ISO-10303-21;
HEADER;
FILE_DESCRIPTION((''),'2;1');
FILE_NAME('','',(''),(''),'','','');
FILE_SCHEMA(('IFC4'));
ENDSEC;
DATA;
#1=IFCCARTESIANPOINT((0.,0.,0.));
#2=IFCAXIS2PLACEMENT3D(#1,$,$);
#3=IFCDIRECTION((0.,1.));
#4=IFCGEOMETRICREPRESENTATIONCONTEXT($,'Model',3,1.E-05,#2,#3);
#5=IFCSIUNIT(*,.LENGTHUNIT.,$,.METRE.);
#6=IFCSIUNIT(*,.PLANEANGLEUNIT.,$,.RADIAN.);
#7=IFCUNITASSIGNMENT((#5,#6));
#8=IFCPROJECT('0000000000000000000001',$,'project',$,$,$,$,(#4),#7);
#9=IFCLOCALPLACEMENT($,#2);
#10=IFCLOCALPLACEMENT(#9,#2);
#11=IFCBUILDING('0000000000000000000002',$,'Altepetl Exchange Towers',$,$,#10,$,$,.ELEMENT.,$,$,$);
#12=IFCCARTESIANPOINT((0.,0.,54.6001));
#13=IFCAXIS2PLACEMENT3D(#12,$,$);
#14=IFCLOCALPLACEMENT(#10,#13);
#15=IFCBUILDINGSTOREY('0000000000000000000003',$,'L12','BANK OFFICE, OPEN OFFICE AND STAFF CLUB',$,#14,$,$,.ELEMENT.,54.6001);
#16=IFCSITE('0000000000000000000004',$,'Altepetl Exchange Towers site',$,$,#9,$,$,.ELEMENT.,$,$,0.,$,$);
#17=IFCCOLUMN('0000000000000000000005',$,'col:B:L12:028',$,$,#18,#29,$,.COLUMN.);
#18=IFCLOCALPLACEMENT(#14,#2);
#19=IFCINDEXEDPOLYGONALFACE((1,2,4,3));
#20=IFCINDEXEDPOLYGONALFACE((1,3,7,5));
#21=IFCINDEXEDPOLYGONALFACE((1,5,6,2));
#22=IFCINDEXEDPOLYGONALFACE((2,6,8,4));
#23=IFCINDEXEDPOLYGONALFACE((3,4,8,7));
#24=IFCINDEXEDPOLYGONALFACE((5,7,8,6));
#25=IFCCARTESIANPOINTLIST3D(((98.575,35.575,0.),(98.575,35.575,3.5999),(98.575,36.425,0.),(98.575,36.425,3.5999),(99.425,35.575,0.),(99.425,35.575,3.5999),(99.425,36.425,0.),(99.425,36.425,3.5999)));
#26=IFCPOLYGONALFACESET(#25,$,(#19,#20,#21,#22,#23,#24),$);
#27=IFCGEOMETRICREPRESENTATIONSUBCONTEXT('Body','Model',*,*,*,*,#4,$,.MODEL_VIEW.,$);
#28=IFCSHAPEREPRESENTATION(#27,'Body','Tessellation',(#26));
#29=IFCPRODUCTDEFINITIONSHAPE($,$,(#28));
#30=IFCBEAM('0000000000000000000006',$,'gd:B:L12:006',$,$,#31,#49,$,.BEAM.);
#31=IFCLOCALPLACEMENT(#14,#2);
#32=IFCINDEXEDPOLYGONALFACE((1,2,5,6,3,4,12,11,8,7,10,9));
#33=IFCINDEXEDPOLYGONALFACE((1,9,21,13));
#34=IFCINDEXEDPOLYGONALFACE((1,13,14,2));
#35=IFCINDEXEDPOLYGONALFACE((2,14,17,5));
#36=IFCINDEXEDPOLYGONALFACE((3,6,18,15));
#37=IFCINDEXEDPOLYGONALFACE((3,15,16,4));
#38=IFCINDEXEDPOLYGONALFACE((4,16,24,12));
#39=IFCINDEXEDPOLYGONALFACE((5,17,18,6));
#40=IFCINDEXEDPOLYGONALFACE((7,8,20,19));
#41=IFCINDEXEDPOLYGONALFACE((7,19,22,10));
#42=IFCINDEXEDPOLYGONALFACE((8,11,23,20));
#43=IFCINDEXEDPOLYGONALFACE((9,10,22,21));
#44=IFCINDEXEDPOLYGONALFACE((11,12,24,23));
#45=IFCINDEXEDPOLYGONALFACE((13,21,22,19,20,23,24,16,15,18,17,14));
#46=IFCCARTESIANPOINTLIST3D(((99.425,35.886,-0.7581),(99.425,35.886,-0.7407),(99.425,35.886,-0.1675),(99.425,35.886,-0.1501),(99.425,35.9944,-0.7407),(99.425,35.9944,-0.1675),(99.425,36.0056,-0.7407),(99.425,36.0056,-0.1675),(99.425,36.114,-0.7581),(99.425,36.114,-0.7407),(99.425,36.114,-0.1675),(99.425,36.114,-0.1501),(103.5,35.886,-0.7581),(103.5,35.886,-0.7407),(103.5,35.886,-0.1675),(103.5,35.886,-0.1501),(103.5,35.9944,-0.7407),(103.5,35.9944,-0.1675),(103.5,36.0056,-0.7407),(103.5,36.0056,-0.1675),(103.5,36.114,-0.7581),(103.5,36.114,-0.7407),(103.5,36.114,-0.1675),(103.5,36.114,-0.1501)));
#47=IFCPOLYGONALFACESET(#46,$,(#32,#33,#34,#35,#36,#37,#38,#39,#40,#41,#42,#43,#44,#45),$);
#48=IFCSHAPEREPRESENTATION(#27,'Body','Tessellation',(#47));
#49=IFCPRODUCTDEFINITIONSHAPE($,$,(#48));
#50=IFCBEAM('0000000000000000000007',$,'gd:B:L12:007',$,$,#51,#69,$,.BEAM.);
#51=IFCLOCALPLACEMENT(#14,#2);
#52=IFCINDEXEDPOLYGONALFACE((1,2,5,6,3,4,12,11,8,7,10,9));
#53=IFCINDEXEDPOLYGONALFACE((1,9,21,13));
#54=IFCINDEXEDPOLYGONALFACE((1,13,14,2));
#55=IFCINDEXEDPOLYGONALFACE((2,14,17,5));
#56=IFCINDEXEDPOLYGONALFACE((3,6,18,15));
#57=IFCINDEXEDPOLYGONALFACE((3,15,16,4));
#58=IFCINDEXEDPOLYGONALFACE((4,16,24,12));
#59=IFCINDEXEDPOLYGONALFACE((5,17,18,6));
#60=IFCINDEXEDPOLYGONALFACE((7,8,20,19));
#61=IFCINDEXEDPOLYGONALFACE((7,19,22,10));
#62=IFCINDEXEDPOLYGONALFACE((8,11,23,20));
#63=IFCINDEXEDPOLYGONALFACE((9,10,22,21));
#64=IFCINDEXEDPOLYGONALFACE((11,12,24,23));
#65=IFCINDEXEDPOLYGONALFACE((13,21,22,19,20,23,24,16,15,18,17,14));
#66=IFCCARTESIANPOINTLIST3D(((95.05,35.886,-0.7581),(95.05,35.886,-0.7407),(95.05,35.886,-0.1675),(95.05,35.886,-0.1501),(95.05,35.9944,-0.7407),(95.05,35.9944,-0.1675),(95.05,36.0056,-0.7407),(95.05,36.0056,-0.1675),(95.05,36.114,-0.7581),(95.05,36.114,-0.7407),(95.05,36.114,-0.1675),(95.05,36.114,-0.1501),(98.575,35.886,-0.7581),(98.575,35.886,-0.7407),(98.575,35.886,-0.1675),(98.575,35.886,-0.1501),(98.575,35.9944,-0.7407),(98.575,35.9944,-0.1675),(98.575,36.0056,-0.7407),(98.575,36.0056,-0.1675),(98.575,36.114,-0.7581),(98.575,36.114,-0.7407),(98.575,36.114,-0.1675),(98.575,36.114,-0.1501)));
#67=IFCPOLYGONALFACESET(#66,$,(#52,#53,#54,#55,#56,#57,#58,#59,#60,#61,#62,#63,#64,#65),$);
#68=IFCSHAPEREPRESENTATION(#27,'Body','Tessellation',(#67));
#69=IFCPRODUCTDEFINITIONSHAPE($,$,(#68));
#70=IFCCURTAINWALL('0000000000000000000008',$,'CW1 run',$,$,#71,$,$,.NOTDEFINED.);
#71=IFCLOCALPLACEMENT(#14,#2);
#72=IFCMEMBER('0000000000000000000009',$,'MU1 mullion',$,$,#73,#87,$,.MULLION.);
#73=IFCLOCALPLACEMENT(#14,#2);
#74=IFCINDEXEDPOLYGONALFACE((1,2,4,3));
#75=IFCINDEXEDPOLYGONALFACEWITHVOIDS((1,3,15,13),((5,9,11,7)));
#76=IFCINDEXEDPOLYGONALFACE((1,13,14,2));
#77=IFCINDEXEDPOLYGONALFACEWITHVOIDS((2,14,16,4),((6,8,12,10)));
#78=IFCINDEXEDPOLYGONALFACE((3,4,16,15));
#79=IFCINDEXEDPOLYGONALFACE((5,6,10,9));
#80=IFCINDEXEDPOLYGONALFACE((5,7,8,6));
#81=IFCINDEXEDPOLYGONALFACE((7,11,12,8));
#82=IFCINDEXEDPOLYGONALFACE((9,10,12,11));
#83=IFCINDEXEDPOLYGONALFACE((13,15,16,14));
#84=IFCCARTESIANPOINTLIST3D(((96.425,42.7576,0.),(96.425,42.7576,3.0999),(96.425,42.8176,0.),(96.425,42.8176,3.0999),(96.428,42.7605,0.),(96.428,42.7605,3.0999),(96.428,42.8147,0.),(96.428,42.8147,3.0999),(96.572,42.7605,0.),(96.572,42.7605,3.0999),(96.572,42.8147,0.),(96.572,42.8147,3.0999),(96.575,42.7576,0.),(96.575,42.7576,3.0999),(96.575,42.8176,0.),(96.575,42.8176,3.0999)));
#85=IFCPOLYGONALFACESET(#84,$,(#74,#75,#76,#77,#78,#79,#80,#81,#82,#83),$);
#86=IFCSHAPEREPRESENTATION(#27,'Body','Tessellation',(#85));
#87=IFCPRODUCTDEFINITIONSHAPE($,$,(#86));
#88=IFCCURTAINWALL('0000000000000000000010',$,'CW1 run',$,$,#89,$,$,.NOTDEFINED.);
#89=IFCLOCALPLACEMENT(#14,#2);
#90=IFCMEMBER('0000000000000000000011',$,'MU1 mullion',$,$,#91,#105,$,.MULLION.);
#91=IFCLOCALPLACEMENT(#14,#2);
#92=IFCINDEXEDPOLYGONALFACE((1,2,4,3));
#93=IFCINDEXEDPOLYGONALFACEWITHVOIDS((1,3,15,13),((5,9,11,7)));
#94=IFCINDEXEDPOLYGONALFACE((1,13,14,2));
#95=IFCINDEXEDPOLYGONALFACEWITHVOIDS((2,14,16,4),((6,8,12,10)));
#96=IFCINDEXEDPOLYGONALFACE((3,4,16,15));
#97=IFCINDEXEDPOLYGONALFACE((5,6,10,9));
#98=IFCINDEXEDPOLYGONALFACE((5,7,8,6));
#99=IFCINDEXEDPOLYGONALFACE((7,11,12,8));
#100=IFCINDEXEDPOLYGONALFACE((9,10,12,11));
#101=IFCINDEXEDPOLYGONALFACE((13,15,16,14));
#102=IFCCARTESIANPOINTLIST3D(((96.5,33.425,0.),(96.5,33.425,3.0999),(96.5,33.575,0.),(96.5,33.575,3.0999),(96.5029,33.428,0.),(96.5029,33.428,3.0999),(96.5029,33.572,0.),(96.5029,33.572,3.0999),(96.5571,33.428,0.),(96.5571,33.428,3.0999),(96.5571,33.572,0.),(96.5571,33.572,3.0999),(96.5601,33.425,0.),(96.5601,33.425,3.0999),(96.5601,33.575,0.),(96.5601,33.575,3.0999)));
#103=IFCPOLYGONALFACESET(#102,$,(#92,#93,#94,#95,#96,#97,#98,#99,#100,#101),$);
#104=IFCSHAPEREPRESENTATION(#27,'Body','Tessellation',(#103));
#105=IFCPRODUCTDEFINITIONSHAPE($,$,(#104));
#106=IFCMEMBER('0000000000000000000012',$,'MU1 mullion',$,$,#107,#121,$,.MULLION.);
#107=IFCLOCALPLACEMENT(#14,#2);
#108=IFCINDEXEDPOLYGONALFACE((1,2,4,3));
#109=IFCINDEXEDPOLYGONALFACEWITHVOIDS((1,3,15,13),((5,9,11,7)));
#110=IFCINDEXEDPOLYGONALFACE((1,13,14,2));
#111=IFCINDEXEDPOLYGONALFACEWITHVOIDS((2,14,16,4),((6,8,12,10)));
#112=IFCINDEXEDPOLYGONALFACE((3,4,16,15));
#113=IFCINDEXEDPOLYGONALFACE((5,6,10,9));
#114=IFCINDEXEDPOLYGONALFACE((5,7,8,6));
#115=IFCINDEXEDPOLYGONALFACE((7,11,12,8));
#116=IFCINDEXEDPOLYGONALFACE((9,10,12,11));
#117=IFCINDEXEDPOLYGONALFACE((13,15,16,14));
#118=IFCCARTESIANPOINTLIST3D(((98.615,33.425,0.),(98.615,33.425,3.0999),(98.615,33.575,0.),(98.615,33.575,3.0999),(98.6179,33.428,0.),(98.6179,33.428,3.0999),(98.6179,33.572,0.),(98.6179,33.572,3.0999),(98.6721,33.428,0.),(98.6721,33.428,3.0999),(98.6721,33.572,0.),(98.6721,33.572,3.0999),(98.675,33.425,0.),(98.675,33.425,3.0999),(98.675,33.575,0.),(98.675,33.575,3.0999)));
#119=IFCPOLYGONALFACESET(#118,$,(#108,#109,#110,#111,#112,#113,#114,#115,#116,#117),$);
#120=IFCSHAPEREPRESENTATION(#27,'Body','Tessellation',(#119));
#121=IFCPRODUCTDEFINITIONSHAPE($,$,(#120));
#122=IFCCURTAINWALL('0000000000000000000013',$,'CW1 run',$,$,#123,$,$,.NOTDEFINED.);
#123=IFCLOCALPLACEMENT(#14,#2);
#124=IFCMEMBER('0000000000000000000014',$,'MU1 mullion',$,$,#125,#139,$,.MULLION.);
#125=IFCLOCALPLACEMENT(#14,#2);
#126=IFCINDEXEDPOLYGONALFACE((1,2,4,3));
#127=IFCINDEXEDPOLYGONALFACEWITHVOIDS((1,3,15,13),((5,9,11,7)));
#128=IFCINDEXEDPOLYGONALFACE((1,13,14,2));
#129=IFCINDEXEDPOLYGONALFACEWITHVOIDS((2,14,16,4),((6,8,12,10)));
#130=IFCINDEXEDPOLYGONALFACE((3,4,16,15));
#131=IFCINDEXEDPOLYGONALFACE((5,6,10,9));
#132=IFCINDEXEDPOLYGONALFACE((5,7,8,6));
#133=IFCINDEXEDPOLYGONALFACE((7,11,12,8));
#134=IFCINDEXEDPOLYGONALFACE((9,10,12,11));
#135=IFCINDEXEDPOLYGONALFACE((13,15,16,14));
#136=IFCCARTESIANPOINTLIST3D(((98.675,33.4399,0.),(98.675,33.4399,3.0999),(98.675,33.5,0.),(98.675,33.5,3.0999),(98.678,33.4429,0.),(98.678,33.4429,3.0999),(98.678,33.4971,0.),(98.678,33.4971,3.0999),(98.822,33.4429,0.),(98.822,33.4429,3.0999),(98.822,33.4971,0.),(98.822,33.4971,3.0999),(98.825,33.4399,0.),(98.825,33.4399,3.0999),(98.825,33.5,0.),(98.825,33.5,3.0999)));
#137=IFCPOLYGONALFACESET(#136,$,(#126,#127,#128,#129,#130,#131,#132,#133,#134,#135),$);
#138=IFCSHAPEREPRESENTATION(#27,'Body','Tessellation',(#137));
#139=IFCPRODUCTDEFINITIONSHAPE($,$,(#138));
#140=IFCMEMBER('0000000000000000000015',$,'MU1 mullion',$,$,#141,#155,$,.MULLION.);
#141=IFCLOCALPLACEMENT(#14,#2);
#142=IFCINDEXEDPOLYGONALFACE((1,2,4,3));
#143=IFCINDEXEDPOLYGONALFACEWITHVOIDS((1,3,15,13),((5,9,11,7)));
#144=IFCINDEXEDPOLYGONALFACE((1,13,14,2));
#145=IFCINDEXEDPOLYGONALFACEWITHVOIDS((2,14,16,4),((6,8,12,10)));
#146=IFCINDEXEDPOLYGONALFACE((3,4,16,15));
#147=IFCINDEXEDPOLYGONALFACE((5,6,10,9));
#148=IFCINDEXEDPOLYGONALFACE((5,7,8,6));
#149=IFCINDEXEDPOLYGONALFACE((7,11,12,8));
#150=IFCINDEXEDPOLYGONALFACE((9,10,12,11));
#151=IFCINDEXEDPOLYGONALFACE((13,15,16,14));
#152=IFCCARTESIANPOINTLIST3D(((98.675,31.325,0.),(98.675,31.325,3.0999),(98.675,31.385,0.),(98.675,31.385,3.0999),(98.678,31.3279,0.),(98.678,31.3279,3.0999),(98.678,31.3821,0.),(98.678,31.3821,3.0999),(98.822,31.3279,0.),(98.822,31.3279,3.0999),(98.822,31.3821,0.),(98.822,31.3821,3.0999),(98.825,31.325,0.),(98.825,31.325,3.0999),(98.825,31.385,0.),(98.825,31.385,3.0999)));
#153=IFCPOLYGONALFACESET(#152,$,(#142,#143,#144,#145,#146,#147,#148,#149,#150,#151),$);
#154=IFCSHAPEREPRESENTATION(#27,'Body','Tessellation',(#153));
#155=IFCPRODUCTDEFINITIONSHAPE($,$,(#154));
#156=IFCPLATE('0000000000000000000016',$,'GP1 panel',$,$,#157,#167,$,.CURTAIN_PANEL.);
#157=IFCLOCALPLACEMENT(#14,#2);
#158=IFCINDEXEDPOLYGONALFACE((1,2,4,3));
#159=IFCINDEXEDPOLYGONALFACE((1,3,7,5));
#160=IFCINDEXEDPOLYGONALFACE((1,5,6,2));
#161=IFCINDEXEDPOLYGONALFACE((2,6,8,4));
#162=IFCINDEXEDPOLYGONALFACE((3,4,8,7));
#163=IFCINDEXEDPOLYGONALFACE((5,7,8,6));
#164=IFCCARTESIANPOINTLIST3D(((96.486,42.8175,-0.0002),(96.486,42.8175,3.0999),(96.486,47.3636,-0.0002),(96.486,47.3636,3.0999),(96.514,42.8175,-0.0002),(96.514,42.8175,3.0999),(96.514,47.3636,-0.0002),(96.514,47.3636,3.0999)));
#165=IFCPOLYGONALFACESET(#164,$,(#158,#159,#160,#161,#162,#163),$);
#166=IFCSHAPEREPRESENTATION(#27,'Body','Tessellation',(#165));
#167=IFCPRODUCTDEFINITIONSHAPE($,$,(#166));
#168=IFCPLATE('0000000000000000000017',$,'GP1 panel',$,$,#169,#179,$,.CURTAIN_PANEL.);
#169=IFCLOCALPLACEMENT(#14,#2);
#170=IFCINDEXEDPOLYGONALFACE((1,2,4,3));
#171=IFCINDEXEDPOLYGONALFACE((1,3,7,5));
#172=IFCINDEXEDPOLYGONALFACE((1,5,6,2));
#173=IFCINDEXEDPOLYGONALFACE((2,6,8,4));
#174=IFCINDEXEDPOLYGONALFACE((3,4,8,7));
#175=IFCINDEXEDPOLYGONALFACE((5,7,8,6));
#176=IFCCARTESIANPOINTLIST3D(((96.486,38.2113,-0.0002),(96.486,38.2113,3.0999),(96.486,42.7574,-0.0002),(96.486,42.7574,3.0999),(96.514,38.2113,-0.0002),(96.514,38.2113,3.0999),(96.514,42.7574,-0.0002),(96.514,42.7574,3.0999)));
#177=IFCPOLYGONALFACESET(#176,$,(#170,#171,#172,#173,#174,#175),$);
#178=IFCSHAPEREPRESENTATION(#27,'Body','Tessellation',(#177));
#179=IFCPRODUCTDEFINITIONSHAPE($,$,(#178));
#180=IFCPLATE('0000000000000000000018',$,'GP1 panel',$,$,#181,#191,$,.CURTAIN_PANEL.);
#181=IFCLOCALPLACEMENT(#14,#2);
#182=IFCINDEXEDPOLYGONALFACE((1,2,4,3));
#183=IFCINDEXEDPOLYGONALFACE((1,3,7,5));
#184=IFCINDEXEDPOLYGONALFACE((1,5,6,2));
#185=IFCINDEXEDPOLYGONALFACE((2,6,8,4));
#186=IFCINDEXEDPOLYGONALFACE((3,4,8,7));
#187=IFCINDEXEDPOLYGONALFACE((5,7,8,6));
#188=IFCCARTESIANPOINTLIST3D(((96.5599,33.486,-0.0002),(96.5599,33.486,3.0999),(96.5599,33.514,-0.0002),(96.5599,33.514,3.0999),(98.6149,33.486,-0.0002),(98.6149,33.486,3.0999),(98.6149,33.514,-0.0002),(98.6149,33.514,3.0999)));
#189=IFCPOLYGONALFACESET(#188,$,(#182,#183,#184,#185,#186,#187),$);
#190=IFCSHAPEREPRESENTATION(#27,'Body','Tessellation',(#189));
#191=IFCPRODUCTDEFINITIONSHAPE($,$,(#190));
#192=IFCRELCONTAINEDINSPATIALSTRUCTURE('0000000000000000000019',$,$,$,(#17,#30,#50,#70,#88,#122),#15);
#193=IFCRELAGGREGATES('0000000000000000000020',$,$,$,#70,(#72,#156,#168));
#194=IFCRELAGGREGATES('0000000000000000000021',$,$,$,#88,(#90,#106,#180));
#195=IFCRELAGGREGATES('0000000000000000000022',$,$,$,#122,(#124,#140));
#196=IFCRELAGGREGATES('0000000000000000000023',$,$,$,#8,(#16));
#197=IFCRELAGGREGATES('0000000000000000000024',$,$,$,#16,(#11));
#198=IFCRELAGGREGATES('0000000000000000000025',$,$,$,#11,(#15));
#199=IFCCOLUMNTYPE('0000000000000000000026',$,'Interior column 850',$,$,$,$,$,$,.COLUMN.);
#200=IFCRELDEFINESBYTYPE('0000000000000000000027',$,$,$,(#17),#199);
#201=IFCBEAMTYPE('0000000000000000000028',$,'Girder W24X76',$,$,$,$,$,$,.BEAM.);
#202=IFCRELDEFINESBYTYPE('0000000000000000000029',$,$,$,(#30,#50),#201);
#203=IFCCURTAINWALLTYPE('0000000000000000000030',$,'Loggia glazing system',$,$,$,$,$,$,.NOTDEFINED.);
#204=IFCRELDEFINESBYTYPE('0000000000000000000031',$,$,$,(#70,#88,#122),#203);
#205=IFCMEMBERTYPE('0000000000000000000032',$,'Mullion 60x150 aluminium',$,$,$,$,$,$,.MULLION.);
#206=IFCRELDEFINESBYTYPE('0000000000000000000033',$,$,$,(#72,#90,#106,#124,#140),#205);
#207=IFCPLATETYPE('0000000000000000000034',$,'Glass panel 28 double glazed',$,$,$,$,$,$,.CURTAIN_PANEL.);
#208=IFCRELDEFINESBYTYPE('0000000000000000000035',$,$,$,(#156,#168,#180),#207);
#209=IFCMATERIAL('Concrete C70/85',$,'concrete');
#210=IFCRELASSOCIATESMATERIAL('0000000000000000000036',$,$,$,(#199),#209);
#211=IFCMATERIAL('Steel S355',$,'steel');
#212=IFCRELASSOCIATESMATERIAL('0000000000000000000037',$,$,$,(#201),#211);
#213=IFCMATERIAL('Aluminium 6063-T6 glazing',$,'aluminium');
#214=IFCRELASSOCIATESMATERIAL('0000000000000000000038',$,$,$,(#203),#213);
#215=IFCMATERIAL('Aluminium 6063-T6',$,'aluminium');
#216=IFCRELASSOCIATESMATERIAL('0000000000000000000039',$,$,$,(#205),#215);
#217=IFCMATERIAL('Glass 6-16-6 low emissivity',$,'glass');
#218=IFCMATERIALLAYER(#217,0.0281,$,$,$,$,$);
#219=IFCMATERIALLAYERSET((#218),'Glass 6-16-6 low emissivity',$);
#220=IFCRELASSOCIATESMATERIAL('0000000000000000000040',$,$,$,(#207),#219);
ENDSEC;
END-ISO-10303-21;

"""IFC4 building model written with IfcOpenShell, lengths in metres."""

from ifc_helpers import new_model, si_unit, direction, frame, origin, origin_2d, place, context, subcontext, project, spatial, rectangle, hollow_rectangle, i_section, extrude, material, layer, layer_set, material_profile, profile_set, type_object, element, aggregate, save


model = new_model("IFC4")

# Units and contexts
model_context = context("Model", 3, precision=1e-05, world=origin(), true_north=direction((0.0, 1.0)))
body_context = subcontext(model_context, "Body", "Model", "MODEL_VIEW")
ifc_project = project(units=[si_unit("LENGTHUNIT", "METRE"), si_unit("PLANEANGLEUNIT", "RADIAN")], contexts=[model_context])

# Site, building, storey
site_placement = place(None, origin())
site = spatial("IfcSite", under=ifc_project, at=site_placement, Name="Altepetl Exchange Towers site", CompositionType="ELEMENT", RefElevation=0.0)
building_placement = place(site_placement, origin())
building = spatial("IfcBuilding", under=site, at=building_placement, Name="Altepetl Exchange Towers", CompositionType="ELEMENT")
storey_placement = place(building_placement, frame((0.0, 0.0, 54.6001)))
storey = spatial("IfcBuildingStorey", under=building, at=storey_placement, Name="L12", Description="BANK OFFICE, OPEN OFFICE AND STAFF CLUB", CompositionType="ELEMENT", Elevation=54.6001)

# Column
ifc_material_1 = material(Name="Concrete C70/85", Category="concrete")
ifc_material_profile_1 = material_profile(ifc_material_1, rectangle(XDim=0.8501, YDim=0.8501, at=origin_2d()), Name="850 x 850")
ifc_profile_set_1 = profile_set([ifc_material_profile_1], Name="Concrete C70/85")
column_type = type_object("IfcColumnType", Name="Interior column 850", PredefinedType="COLUMN", material=ifc_profile_set_1)
column_placement = place(storey_placement, frame((99.0, 36.0, 0.0)))
element("IfcColumn", 1, at=column_placement, inside=storey, type_object=column_type, Name="col:B:L12:028", PredefinedType="COLUMN", context=body_context, shape_type="SweptSolid", body=[
    extrude(rectangle(XDim=0.8501, YDim=0.8501, at=origin_2d()), origin(), (0.0, 0.0, 1.0), 3.5999),
])

# Beams
ifc_material_2 = material(Name="Steel S355", Category="steel")
ifc_material_profile_2 = material_profile(ifc_material_2, i_section(OverallWidth=0.228, OverallDepth=0.6079, WebThickness=0.0112, FlangeThickness=0.0173, at=origin_2d()), Name="W24X76")
ifc_profile_set_2 = profile_set([ifc_material_profile_2], Name="Steel S355")
beam_type = type_object("IfcBeamType", Name="Girder W24X76", PredefinedType="BEAM", material=ifc_profile_set_2)
beam_1_placement = place(storey_placement, frame((103.5, 36.0, -0.4541), z_axis=(-1.0, 0.0, 0.0), x_axis=(0.0, -1.0, 0.0)))
element("IfcBeam", 2, at=beam_1_placement, inside=storey, type_object=beam_type, Name="gd:B:L12:006", PredefinedType="BEAM", context=body_context, shape_type="SweptSolid", body=[
    extrude(i_section(OverallWidth=0.228, OverallDepth=0.6079, WebThickness=0.0112, FlangeThickness=0.0173, at=origin_2d()), origin(), (0.0, 0.0, 1.0), 4.075),
])
beam_2_placement = place(storey_placement, frame((98.575, 36.0, -0.4541), z_axis=(-1.0, 0.0, 0.0), x_axis=(0.0, -1.0, 0.0)))
element("IfcBeam", 3, at=beam_2_placement, inside=storey, type_object=beam_type, Name="gd:B:L12:007", PredefinedType="BEAM", context=body_context, shape_type="SweptSolid", body=[
    extrude(i_section(OverallWidth=0.228, OverallDepth=0.6079, WebThickness=0.0112, FlangeThickness=0.0173, at=origin_2d()), origin(), (0.0, 0.0, 1.0), 3.5249),
])

# Curtain wall, member
ifc_material_3 = material(Name="Aluminium 6063-T6 glazing", Category="aluminium")
curtain_wall_type = type_object("IfcCurtainWallType", Name="Loggia glazing system", PredefinedType="NOTDEFINED", material=ifc_material_3)
curtain_wall_1_placement = place(storey_placement, origin())
curtain_wall_1 = element("IfcCurtainWall", 4, at=curtain_wall_1_placement, inside=storey, type_object=curtain_wall_type, Name="CW1 run", PredefinedType="NOTDEFINED")
ifc_material_4 = material(Name="Aluminium 6063-T6", Category="aluminium")
ifc_material_profile_3 = material_profile(ifc_material_4, hollow_rectangle(XDim=0.0601, YDim=0.1499, WallThickness=0.0029, at=origin_2d()), Name="Mullion 60x150 aluminium")
ifc_profile_set_3 = profile_set([ifc_material_profile_3], Name="Aluminium 6063-T6")
member_type = type_object("IfcMemberType", Name="Mullion 60x150 aluminium", PredefinedType="MULLION", material=ifc_profile_set_3)
member_1_placement = place(storey_placement, frame((96.5, 42.7876, 0.0), z_axis=(0.0, 0.0, 1.0), x_axis=(0.0, -1.0, 0.0)))
member_1 = element("IfcMember", 5, at=member_1_placement, type_object=member_type, Name="MU1 mullion", PredefinedType="MULLION", context=body_context, shape_type="SweptSolid", body=[
    extrude(hollow_rectangle(XDim=0.0601, YDim=0.1499, WallThickness=0.0029, at=origin_2d()), origin(), (0.0, 0.0, 1.0), 3.0999),
])

# Curtain walls, members
curtain_wall_2_placement = place(storey_placement, origin())
curtain_wall_2 = element("IfcCurtainWall", 6, at=curtain_wall_2_placement, inside=storey, type_object=curtain_wall_type, Name="CW1 run", PredefinedType="NOTDEFINED")
member_2_placement = place(storey_placement, frame((96.53, 33.5, 0.0)))
member_2 = element("IfcMember", 7, at=member_2_placement, type_object=member_type, Name="MU1 mullion", PredefinedType="MULLION", context=body_context, shape_type="SweptSolid", body=[
    extrude(hollow_rectangle(XDim=0.0601, YDim=0.1499, WallThickness=0.0029, at=origin_2d()), origin(), (0.0, 0.0, 1.0), 3.0999),
])
member_3_placement = place(storey_placement, frame((98.645, 33.5, 0.0)))
member_3 = element("IfcMember", 8, at=member_3_placement, type_object=member_type, Name="MU1 mullion", PredefinedType="MULLION", context=body_context, shape_type="SweptSolid", body=[
    extrude(hollow_rectangle(XDim=0.0601, YDim=0.1499, WallThickness=0.0029, at=origin_2d()), origin(), (0.0, 0.0, 1.0), 3.0999),
])
curtain_wall_3_placement = place(storey_placement, origin())
curtain_wall_3 = element("IfcCurtainWall", 9, at=curtain_wall_3_placement, inside=storey, type_object=curtain_wall_type, Name="CW1 run", PredefinedType="NOTDEFINED")
member_4_placement = place(storey_placement, frame((98.75, 33.47, 0.0), z_axis=(0.0, 0.0, 1.0), x_axis=(0.0, -1.0, 0.0)))
member_4 = element("IfcMember", 10, at=member_4_placement, type_object=member_type, Name="MU1 mullion", PredefinedType="MULLION", context=body_context, shape_type="SweptSolid", body=[
    extrude(hollow_rectangle(XDim=0.0601, YDim=0.1499, WallThickness=0.0029, at=origin_2d()), origin(), (0.0, 0.0, 1.0), 3.0999),
])
member_5_placement = place(storey_placement, frame((98.75, 31.355, 0.0), z_axis=(0.0, 0.0, 1.0), x_axis=(0.0, -1.0, 0.0)))
member_5 = element("IfcMember", 11, at=member_5_placement, type_object=member_type, Name="MU1 mullion", PredefinedType="MULLION", context=body_context, shape_type="SweptSolid", body=[
    extrude(hollow_rectangle(XDim=0.0601, YDim=0.1499, WallThickness=0.0029, at=origin_2d()), origin(), (0.0, 0.0, 1.0), 3.0999),
])

# Plates
ifc_material_5 = material(Name="Glass 6-16-6 low emissivity", Category="glass")
ifc_layer_1 = layer(ifc_material_5, 0.0281)
ifc_layer_set_1 = layer_set([ifc_layer_1], Name="Glass 6-16-6 low emissivity")
plate_type = type_object("IfcPlateType", Name="Glass panel 28 double glazed", PredefinedType="CURTAIN_PANEL", material=ifc_layer_set_1)
plate_1_placement = place(storey_placement, frame((96.5, 45.0906, -0.0002), z_axis=(0.0, 0.0, 1.0), x_axis=(0.0, -1.0, 0.0)))
plate_1 = element("IfcPlate", 12, at=plate_1_placement, type_object=plate_type, Name="GP1 panel", PredefinedType="CURTAIN_PANEL", context=body_context, shape_type="SweptSolid", body=[
    extrude(rectangle(XDim=4.5461, YDim=0.0281, at=origin_2d()), origin(), (0.0, 0.0, 1.0), 3.1001),
])
plate_2_placement = place(storey_placement, frame((96.5, 40.4844, -0.0002), z_axis=(0.0, 0.0, 1.0), x_axis=(0.0, -1.0, 0.0)))
plate_2 = element("IfcPlate", 13, at=plate_2_placement, type_object=plate_type, Name="GP1 panel", PredefinedType="CURTAIN_PANEL", context=body_context, shape_type="SweptSolid", body=[
    extrude(rectangle(XDim=4.5461, YDim=0.0281, at=origin_2d()), origin(), (0.0, 0.0, 1.0), 3.1001),
])
aggregate(curtain_wall_1, [member_1, plate_1, plate_2])
plate_3_placement = place(storey_placement, frame((97.5874, 33.5, -0.0002)))
plate_3 = element("IfcPlate", 14, at=plate_3_placement, type_object=plate_type, Name="GP1 panel", PredefinedType="CURTAIN_PANEL", context=body_context, shape_type="SweptSolid", body=[
    extrude(rectangle(XDim=2.0549, YDim=0.0281, at=origin_2d()), origin(), (0.0, 0.0, 1.0), 3.1001),
])
aggregate(curtain_wall_2, [member_2, member_3, plate_3])
aggregate(curtain_wall_3, [member_4, member_5])

save(model, "model.ifc")
